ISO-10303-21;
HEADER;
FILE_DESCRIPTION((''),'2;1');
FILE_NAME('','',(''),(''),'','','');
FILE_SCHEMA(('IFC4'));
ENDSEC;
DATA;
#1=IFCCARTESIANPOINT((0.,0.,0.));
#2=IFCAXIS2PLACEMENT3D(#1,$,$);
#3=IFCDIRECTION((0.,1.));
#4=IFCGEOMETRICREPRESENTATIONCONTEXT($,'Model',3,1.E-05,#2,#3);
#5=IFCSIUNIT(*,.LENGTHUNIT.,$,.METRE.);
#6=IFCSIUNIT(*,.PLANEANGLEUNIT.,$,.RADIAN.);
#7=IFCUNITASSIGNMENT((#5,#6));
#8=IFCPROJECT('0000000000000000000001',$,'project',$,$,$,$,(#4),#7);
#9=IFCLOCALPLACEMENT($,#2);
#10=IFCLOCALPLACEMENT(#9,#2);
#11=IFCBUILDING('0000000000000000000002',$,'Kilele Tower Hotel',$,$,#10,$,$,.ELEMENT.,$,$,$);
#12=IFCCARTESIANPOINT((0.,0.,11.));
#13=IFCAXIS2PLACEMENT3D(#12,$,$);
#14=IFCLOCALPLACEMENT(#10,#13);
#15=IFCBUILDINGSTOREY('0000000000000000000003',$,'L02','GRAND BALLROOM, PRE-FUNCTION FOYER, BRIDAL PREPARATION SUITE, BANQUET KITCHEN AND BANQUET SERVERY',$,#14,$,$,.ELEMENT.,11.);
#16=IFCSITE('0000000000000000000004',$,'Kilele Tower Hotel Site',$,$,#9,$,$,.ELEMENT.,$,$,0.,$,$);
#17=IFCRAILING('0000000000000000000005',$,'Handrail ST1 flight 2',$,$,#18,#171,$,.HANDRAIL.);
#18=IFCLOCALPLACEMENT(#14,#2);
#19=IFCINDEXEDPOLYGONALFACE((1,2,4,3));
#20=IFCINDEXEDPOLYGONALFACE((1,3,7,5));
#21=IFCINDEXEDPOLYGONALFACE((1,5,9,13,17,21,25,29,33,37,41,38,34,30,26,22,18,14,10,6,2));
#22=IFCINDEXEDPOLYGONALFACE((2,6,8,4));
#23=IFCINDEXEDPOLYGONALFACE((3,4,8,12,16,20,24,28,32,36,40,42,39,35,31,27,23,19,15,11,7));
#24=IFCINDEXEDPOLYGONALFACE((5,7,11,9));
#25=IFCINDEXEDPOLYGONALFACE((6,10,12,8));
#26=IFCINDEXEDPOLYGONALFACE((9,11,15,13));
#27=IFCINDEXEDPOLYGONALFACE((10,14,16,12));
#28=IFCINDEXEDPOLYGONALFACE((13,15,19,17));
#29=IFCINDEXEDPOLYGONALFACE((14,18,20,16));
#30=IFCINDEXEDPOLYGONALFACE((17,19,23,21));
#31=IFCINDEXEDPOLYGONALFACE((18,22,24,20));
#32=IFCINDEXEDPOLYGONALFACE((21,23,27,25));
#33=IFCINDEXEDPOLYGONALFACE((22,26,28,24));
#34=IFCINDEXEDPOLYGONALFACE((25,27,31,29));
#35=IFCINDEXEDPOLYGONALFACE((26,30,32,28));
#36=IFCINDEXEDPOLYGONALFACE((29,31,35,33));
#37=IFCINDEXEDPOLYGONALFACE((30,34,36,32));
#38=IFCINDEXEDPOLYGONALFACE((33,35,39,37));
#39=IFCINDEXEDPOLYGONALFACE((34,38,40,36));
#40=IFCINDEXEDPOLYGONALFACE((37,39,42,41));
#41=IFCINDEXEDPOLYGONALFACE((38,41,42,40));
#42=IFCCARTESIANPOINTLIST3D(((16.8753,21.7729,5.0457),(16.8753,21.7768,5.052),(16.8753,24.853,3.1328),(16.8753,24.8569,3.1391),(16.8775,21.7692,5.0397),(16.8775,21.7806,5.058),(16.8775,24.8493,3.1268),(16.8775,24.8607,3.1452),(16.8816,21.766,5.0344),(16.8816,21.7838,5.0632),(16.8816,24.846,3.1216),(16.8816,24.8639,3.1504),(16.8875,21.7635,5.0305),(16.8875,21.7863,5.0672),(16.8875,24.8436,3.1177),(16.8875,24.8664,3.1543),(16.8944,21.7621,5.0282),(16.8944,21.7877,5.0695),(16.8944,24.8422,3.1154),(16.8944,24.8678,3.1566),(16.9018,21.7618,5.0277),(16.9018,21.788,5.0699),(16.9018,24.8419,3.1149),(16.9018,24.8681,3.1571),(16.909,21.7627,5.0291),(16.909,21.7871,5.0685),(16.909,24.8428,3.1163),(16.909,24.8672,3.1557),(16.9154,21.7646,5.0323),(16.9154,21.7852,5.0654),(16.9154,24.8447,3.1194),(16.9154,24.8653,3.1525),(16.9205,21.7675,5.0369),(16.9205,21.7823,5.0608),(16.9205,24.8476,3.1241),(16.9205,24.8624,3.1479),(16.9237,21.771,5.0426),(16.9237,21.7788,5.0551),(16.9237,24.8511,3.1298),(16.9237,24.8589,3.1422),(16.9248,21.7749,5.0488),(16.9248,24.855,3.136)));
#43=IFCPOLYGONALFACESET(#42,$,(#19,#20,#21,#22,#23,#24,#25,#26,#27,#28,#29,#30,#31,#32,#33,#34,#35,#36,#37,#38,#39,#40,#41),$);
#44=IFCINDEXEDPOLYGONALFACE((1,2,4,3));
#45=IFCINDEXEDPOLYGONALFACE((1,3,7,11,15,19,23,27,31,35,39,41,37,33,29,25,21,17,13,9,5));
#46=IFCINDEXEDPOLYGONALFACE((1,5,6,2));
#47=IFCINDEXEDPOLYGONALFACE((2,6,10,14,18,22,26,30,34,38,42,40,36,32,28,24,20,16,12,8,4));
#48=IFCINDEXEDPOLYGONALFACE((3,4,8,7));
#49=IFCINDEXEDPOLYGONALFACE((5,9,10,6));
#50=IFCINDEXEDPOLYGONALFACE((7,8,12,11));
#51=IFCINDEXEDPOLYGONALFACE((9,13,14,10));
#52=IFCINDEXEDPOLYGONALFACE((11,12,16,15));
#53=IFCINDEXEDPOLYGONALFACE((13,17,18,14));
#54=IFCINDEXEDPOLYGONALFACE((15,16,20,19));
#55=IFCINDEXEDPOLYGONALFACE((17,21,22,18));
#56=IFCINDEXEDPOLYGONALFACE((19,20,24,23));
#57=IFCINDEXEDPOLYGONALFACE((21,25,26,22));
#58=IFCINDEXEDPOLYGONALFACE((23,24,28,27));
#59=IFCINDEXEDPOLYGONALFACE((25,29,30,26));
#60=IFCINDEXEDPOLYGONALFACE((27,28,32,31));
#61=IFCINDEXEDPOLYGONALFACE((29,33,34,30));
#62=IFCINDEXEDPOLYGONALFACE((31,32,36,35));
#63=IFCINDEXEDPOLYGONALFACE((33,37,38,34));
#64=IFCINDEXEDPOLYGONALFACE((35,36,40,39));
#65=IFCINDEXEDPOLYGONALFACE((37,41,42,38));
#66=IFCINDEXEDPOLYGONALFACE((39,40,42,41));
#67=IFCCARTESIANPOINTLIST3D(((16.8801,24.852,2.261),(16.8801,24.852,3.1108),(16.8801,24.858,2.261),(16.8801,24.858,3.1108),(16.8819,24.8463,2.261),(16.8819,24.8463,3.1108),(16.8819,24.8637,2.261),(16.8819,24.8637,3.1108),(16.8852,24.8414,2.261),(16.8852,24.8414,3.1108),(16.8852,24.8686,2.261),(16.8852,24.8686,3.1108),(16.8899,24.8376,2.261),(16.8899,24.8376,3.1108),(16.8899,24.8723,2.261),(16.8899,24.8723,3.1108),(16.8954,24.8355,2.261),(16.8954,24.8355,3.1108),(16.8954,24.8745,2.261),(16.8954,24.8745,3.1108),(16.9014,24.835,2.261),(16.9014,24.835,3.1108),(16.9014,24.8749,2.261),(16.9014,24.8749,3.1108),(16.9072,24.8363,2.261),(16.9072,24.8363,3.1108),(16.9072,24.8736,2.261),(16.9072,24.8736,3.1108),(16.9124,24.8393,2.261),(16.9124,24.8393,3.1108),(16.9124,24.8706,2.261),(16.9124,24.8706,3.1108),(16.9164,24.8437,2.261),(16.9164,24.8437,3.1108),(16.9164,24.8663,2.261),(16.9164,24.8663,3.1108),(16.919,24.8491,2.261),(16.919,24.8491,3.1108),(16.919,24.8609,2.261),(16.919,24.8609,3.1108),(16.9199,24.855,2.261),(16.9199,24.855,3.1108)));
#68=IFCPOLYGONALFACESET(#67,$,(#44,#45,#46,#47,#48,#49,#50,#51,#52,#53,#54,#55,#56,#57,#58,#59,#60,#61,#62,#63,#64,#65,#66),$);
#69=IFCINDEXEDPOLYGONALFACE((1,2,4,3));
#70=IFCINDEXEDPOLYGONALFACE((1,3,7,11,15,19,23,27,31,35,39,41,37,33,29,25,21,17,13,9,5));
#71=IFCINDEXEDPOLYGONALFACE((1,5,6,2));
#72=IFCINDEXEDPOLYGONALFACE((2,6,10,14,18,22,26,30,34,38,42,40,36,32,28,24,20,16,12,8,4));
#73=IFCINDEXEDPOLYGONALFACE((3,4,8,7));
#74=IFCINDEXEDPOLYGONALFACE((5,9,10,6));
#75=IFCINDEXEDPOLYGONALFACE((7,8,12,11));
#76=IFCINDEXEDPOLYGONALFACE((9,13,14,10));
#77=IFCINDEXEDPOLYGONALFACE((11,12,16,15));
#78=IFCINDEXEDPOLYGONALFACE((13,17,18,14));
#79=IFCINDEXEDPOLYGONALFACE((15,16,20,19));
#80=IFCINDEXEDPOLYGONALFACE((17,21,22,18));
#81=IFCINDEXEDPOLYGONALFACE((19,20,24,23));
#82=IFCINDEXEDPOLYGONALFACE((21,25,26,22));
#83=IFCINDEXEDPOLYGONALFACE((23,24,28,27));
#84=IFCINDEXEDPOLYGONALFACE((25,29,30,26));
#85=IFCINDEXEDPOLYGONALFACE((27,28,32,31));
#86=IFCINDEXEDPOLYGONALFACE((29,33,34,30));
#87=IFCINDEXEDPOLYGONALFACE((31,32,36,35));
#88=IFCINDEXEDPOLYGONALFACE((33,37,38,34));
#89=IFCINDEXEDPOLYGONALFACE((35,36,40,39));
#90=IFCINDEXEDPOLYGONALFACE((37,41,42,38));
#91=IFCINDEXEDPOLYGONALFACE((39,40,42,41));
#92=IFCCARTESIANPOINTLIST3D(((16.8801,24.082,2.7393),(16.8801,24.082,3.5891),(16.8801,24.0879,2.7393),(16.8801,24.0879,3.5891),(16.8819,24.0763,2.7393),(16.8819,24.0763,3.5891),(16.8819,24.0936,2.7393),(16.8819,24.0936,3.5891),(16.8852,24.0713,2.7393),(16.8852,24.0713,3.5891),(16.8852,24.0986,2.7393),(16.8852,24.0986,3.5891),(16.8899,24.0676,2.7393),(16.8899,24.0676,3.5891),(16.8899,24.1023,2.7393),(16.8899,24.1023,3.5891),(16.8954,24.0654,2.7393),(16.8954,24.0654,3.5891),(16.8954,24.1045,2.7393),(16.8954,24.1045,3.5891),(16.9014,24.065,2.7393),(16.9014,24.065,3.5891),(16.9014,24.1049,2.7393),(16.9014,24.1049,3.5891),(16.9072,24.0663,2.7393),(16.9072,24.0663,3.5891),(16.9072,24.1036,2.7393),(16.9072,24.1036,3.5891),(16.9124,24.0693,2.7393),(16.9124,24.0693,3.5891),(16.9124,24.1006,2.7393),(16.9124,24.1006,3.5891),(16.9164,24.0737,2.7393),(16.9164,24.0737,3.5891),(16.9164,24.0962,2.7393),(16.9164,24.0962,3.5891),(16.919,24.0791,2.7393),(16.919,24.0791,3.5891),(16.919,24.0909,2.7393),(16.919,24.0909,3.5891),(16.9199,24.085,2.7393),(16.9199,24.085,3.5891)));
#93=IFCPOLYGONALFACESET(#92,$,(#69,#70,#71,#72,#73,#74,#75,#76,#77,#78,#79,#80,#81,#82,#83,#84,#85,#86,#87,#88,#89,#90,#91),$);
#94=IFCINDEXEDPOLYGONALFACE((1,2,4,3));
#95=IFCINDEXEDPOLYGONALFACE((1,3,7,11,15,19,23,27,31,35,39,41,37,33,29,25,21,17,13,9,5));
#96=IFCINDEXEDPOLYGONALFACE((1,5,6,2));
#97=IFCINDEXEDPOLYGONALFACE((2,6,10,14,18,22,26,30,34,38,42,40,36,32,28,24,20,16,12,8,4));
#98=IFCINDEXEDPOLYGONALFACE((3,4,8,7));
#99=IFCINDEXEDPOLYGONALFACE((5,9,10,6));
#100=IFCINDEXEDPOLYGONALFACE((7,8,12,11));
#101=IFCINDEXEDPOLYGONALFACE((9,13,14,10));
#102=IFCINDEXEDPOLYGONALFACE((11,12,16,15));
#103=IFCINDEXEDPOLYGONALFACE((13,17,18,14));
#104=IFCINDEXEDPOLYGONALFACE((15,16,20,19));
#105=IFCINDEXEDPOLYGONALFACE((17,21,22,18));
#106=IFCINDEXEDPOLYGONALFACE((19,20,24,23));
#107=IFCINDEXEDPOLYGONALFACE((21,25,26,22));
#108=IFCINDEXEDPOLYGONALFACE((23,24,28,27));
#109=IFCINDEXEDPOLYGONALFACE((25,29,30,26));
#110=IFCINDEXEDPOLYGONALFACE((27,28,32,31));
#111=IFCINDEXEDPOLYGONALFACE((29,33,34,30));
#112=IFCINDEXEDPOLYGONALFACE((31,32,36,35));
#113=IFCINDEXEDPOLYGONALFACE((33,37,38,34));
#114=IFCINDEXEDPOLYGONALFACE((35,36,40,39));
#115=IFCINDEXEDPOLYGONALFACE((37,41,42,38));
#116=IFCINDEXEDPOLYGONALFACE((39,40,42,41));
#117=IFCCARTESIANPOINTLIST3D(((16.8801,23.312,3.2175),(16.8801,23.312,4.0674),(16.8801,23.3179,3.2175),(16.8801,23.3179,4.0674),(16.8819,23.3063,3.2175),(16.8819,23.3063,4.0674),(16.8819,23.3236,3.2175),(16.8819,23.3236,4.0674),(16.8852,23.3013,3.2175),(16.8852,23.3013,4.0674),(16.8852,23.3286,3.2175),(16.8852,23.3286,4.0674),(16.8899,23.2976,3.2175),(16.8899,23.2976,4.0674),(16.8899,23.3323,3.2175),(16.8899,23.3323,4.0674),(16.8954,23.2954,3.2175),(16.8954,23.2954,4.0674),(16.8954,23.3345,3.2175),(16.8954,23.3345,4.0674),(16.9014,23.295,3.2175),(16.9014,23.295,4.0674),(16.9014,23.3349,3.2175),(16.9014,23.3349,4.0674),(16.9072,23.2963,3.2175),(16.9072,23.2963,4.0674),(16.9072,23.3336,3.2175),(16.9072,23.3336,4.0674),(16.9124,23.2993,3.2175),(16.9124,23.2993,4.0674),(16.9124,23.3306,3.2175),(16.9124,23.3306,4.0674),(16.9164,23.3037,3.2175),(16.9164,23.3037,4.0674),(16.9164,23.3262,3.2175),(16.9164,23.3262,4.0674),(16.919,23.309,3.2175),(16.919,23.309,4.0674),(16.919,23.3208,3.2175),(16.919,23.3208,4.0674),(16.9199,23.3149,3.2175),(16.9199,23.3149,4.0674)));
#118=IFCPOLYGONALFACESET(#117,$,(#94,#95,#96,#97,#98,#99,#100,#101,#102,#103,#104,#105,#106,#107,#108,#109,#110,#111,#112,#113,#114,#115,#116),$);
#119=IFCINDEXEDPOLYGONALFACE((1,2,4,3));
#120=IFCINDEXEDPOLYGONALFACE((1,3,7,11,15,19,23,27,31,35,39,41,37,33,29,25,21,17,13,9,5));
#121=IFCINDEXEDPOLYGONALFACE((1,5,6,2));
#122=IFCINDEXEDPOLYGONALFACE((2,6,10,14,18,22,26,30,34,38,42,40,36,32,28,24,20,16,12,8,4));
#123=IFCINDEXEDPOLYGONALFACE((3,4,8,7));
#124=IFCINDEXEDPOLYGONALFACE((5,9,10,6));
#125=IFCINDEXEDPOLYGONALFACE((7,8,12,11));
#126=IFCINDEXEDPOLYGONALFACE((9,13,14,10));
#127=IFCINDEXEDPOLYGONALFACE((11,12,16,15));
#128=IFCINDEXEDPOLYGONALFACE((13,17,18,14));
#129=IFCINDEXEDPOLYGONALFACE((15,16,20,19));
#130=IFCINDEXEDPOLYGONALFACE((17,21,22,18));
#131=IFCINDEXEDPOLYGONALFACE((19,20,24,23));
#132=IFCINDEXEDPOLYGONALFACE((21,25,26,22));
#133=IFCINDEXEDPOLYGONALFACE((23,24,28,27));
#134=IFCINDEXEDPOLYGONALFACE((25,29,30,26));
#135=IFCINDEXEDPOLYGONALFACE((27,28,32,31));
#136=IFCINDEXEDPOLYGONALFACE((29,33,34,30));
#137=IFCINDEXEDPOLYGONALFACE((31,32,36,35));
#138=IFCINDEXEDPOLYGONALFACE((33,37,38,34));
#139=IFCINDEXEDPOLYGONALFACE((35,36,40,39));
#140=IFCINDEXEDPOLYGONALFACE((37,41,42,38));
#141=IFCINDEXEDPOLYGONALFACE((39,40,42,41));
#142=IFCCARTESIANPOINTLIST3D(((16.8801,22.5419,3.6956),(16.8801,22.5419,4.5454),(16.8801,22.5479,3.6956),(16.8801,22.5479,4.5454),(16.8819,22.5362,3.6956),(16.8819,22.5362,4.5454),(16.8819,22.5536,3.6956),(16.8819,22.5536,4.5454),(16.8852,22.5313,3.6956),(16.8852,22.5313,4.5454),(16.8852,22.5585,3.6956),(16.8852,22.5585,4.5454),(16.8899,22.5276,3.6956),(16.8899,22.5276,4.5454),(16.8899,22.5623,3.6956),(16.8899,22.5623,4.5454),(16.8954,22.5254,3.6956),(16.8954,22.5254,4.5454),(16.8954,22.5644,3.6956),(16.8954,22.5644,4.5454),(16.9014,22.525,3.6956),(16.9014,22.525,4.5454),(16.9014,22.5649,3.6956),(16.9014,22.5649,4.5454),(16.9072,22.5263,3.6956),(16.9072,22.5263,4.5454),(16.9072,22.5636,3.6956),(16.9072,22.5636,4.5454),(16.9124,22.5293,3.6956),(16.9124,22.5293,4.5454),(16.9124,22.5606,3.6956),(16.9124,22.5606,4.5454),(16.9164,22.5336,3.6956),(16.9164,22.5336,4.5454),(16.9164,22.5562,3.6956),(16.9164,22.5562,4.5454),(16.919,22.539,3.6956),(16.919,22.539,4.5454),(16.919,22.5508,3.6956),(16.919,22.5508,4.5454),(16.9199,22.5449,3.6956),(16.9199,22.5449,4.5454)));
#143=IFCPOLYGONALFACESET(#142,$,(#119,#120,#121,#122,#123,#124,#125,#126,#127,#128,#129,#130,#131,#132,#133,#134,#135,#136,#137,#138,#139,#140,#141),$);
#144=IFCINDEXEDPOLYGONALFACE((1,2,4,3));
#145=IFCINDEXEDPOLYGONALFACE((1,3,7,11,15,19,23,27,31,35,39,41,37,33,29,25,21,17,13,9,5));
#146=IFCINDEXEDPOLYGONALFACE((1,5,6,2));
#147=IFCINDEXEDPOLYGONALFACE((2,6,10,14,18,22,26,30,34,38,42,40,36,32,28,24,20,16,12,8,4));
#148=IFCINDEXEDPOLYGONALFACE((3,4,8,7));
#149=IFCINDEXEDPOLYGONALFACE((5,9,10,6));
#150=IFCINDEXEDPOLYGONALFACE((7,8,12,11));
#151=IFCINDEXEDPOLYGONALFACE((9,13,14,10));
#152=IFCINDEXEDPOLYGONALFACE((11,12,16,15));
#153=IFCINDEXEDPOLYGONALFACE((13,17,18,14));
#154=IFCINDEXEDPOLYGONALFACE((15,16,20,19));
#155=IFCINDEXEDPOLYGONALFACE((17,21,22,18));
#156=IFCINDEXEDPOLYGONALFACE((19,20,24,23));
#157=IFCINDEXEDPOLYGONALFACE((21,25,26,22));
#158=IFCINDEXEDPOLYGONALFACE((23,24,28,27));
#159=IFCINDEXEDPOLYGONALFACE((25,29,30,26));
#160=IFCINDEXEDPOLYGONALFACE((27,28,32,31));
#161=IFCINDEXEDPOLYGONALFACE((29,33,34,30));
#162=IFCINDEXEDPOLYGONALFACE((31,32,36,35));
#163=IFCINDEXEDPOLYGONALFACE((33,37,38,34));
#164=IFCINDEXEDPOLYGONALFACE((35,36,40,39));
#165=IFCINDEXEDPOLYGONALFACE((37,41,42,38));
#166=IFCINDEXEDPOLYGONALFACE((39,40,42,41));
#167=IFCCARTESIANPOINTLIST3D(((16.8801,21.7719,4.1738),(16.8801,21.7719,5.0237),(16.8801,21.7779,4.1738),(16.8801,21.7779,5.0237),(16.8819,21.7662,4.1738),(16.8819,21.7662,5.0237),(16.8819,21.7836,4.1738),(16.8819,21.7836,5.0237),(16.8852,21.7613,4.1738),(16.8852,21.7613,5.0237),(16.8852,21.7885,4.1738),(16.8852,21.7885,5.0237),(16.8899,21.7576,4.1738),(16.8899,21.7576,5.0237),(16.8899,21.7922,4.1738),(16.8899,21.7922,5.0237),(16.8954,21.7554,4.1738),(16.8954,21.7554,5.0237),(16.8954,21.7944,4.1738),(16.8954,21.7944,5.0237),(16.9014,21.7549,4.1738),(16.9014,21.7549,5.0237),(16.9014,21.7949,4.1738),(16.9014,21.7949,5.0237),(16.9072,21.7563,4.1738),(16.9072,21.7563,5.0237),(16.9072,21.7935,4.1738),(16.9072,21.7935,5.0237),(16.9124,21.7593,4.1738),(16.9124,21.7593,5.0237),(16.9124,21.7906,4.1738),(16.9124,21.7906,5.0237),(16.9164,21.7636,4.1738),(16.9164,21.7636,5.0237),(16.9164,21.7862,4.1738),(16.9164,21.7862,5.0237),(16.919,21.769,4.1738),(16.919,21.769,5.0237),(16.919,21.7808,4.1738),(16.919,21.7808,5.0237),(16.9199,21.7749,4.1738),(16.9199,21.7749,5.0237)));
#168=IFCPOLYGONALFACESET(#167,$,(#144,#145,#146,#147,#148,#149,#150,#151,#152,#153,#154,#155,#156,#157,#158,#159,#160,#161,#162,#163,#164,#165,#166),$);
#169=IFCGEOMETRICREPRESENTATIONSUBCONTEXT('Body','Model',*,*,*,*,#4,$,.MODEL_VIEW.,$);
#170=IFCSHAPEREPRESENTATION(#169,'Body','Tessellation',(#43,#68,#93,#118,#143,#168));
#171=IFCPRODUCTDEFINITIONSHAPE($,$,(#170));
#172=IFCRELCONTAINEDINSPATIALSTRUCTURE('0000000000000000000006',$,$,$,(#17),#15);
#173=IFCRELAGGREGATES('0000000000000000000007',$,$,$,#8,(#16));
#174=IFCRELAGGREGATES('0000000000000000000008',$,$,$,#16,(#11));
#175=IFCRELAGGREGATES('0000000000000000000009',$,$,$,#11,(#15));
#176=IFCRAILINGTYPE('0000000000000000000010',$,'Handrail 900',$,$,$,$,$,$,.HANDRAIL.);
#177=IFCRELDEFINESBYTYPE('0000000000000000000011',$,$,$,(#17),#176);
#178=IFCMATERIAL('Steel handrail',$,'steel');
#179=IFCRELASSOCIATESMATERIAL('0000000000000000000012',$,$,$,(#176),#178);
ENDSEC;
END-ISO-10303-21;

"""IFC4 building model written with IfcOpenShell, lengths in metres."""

from ifc_helpers import new_model, si_unit, direction, frame, origin, origin_2d, place, context, subcontext, project, spatial, circle, extrude, material, type_object, element, save


model = new_model("IFC4")

# Units and contexts
model_context = context("Model", 3, precision=1e-05, world=origin(), true_north=direction((0.0, 1.0)))
body_context = subcontext(model_context, "Body", "Model", "MODEL_VIEW")
ifc_project = project(units=[si_unit("LENGTHUNIT", "METRE"), si_unit("PLANEANGLEUNIT", "RADIAN")], contexts=[model_context])

# Site, building, storey
site_placement = place(None, origin())
site = spatial("IfcSite", under=ifc_project, at=site_placement, Name="Kilele Tower Hotel Site", CompositionType="ELEMENT", RefElevation=0.0)
building_placement = place(site_placement, origin())
building = spatial("IfcBuilding", under=site, at=building_placement, Name="Kilele Tower Hotel", CompositionType="ELEMENT")
storey_placement = place(building_placement, frame((0.0, 0.0, 11.0)))
storey = spatial("IfcBuildingStorey", under=building, at=storey_placement, Name="L02", Description="GRAND BALLROOM, PRE-FUNCTION FOYER, BRIDAL PREPARATION SUITE, BANQUET KITCHEN AND BANQUET SERVERY", CompositionType="ELEMENT", Elevation=11.0)

# Railing
ifc_material_1 = material(Name="Steel handrail", Category="steel")
railing_type_1 = type_object("IfcRailingType", Name="Handrail 900", PredefinedType="HANDRAIL", material=ifc_material_1)
for number, where, name in (
    (1, (16.8999, 24.855, 2.261), "Handrail ST1 flight 2"),
):
    element("IfcRailing", number, at=place(storey_placement, frame(where)), inside=storey, type_object=railing_type_1, Name=name, PredefinedType="HANDRAIL", context=body_context, shape_type="SweptSolid", body=[
        extrude(circle(Radius=0.0249, at=origin_2d()), frame((0.0, 0.0, 0.875), z_axis=(0.0, -0.849508, 0.527576), x_axis=(1.0, 0.0, 0.0)), (0.0, 0.0, 1.0), 3.6257),
        extrude(circle(Radius=0.02, at=origin_2d()), origin(), (0.0, 0.0, 1.0), 0.8499),
        extrude(circle(Radius=0.02, at=origin_2d()), frame((0.0, -0.77, 0.4783)), (0.0, 0.0, 1.0), 0.8499),
        extrude(circle(Radius=0.02, at=origin_2d()), frame((0.0, -1.54, 0.9565)), (0.0, 0.0, 1.0), 0.8499),
        extrude(circle(Radius=0.02, at=origin_2d()), frame((0.0, -2.3101, 1.4346)), (0.0, 0.0, 1.0), 0.8499),
        extrude(circle(Radius=0.02, at=origin_2d()), frame((0.0, -3.0801, 1.9128)), (0.0, 0.0, 1.0), 0.8499),
    ])

save(model, "model.ifc")
